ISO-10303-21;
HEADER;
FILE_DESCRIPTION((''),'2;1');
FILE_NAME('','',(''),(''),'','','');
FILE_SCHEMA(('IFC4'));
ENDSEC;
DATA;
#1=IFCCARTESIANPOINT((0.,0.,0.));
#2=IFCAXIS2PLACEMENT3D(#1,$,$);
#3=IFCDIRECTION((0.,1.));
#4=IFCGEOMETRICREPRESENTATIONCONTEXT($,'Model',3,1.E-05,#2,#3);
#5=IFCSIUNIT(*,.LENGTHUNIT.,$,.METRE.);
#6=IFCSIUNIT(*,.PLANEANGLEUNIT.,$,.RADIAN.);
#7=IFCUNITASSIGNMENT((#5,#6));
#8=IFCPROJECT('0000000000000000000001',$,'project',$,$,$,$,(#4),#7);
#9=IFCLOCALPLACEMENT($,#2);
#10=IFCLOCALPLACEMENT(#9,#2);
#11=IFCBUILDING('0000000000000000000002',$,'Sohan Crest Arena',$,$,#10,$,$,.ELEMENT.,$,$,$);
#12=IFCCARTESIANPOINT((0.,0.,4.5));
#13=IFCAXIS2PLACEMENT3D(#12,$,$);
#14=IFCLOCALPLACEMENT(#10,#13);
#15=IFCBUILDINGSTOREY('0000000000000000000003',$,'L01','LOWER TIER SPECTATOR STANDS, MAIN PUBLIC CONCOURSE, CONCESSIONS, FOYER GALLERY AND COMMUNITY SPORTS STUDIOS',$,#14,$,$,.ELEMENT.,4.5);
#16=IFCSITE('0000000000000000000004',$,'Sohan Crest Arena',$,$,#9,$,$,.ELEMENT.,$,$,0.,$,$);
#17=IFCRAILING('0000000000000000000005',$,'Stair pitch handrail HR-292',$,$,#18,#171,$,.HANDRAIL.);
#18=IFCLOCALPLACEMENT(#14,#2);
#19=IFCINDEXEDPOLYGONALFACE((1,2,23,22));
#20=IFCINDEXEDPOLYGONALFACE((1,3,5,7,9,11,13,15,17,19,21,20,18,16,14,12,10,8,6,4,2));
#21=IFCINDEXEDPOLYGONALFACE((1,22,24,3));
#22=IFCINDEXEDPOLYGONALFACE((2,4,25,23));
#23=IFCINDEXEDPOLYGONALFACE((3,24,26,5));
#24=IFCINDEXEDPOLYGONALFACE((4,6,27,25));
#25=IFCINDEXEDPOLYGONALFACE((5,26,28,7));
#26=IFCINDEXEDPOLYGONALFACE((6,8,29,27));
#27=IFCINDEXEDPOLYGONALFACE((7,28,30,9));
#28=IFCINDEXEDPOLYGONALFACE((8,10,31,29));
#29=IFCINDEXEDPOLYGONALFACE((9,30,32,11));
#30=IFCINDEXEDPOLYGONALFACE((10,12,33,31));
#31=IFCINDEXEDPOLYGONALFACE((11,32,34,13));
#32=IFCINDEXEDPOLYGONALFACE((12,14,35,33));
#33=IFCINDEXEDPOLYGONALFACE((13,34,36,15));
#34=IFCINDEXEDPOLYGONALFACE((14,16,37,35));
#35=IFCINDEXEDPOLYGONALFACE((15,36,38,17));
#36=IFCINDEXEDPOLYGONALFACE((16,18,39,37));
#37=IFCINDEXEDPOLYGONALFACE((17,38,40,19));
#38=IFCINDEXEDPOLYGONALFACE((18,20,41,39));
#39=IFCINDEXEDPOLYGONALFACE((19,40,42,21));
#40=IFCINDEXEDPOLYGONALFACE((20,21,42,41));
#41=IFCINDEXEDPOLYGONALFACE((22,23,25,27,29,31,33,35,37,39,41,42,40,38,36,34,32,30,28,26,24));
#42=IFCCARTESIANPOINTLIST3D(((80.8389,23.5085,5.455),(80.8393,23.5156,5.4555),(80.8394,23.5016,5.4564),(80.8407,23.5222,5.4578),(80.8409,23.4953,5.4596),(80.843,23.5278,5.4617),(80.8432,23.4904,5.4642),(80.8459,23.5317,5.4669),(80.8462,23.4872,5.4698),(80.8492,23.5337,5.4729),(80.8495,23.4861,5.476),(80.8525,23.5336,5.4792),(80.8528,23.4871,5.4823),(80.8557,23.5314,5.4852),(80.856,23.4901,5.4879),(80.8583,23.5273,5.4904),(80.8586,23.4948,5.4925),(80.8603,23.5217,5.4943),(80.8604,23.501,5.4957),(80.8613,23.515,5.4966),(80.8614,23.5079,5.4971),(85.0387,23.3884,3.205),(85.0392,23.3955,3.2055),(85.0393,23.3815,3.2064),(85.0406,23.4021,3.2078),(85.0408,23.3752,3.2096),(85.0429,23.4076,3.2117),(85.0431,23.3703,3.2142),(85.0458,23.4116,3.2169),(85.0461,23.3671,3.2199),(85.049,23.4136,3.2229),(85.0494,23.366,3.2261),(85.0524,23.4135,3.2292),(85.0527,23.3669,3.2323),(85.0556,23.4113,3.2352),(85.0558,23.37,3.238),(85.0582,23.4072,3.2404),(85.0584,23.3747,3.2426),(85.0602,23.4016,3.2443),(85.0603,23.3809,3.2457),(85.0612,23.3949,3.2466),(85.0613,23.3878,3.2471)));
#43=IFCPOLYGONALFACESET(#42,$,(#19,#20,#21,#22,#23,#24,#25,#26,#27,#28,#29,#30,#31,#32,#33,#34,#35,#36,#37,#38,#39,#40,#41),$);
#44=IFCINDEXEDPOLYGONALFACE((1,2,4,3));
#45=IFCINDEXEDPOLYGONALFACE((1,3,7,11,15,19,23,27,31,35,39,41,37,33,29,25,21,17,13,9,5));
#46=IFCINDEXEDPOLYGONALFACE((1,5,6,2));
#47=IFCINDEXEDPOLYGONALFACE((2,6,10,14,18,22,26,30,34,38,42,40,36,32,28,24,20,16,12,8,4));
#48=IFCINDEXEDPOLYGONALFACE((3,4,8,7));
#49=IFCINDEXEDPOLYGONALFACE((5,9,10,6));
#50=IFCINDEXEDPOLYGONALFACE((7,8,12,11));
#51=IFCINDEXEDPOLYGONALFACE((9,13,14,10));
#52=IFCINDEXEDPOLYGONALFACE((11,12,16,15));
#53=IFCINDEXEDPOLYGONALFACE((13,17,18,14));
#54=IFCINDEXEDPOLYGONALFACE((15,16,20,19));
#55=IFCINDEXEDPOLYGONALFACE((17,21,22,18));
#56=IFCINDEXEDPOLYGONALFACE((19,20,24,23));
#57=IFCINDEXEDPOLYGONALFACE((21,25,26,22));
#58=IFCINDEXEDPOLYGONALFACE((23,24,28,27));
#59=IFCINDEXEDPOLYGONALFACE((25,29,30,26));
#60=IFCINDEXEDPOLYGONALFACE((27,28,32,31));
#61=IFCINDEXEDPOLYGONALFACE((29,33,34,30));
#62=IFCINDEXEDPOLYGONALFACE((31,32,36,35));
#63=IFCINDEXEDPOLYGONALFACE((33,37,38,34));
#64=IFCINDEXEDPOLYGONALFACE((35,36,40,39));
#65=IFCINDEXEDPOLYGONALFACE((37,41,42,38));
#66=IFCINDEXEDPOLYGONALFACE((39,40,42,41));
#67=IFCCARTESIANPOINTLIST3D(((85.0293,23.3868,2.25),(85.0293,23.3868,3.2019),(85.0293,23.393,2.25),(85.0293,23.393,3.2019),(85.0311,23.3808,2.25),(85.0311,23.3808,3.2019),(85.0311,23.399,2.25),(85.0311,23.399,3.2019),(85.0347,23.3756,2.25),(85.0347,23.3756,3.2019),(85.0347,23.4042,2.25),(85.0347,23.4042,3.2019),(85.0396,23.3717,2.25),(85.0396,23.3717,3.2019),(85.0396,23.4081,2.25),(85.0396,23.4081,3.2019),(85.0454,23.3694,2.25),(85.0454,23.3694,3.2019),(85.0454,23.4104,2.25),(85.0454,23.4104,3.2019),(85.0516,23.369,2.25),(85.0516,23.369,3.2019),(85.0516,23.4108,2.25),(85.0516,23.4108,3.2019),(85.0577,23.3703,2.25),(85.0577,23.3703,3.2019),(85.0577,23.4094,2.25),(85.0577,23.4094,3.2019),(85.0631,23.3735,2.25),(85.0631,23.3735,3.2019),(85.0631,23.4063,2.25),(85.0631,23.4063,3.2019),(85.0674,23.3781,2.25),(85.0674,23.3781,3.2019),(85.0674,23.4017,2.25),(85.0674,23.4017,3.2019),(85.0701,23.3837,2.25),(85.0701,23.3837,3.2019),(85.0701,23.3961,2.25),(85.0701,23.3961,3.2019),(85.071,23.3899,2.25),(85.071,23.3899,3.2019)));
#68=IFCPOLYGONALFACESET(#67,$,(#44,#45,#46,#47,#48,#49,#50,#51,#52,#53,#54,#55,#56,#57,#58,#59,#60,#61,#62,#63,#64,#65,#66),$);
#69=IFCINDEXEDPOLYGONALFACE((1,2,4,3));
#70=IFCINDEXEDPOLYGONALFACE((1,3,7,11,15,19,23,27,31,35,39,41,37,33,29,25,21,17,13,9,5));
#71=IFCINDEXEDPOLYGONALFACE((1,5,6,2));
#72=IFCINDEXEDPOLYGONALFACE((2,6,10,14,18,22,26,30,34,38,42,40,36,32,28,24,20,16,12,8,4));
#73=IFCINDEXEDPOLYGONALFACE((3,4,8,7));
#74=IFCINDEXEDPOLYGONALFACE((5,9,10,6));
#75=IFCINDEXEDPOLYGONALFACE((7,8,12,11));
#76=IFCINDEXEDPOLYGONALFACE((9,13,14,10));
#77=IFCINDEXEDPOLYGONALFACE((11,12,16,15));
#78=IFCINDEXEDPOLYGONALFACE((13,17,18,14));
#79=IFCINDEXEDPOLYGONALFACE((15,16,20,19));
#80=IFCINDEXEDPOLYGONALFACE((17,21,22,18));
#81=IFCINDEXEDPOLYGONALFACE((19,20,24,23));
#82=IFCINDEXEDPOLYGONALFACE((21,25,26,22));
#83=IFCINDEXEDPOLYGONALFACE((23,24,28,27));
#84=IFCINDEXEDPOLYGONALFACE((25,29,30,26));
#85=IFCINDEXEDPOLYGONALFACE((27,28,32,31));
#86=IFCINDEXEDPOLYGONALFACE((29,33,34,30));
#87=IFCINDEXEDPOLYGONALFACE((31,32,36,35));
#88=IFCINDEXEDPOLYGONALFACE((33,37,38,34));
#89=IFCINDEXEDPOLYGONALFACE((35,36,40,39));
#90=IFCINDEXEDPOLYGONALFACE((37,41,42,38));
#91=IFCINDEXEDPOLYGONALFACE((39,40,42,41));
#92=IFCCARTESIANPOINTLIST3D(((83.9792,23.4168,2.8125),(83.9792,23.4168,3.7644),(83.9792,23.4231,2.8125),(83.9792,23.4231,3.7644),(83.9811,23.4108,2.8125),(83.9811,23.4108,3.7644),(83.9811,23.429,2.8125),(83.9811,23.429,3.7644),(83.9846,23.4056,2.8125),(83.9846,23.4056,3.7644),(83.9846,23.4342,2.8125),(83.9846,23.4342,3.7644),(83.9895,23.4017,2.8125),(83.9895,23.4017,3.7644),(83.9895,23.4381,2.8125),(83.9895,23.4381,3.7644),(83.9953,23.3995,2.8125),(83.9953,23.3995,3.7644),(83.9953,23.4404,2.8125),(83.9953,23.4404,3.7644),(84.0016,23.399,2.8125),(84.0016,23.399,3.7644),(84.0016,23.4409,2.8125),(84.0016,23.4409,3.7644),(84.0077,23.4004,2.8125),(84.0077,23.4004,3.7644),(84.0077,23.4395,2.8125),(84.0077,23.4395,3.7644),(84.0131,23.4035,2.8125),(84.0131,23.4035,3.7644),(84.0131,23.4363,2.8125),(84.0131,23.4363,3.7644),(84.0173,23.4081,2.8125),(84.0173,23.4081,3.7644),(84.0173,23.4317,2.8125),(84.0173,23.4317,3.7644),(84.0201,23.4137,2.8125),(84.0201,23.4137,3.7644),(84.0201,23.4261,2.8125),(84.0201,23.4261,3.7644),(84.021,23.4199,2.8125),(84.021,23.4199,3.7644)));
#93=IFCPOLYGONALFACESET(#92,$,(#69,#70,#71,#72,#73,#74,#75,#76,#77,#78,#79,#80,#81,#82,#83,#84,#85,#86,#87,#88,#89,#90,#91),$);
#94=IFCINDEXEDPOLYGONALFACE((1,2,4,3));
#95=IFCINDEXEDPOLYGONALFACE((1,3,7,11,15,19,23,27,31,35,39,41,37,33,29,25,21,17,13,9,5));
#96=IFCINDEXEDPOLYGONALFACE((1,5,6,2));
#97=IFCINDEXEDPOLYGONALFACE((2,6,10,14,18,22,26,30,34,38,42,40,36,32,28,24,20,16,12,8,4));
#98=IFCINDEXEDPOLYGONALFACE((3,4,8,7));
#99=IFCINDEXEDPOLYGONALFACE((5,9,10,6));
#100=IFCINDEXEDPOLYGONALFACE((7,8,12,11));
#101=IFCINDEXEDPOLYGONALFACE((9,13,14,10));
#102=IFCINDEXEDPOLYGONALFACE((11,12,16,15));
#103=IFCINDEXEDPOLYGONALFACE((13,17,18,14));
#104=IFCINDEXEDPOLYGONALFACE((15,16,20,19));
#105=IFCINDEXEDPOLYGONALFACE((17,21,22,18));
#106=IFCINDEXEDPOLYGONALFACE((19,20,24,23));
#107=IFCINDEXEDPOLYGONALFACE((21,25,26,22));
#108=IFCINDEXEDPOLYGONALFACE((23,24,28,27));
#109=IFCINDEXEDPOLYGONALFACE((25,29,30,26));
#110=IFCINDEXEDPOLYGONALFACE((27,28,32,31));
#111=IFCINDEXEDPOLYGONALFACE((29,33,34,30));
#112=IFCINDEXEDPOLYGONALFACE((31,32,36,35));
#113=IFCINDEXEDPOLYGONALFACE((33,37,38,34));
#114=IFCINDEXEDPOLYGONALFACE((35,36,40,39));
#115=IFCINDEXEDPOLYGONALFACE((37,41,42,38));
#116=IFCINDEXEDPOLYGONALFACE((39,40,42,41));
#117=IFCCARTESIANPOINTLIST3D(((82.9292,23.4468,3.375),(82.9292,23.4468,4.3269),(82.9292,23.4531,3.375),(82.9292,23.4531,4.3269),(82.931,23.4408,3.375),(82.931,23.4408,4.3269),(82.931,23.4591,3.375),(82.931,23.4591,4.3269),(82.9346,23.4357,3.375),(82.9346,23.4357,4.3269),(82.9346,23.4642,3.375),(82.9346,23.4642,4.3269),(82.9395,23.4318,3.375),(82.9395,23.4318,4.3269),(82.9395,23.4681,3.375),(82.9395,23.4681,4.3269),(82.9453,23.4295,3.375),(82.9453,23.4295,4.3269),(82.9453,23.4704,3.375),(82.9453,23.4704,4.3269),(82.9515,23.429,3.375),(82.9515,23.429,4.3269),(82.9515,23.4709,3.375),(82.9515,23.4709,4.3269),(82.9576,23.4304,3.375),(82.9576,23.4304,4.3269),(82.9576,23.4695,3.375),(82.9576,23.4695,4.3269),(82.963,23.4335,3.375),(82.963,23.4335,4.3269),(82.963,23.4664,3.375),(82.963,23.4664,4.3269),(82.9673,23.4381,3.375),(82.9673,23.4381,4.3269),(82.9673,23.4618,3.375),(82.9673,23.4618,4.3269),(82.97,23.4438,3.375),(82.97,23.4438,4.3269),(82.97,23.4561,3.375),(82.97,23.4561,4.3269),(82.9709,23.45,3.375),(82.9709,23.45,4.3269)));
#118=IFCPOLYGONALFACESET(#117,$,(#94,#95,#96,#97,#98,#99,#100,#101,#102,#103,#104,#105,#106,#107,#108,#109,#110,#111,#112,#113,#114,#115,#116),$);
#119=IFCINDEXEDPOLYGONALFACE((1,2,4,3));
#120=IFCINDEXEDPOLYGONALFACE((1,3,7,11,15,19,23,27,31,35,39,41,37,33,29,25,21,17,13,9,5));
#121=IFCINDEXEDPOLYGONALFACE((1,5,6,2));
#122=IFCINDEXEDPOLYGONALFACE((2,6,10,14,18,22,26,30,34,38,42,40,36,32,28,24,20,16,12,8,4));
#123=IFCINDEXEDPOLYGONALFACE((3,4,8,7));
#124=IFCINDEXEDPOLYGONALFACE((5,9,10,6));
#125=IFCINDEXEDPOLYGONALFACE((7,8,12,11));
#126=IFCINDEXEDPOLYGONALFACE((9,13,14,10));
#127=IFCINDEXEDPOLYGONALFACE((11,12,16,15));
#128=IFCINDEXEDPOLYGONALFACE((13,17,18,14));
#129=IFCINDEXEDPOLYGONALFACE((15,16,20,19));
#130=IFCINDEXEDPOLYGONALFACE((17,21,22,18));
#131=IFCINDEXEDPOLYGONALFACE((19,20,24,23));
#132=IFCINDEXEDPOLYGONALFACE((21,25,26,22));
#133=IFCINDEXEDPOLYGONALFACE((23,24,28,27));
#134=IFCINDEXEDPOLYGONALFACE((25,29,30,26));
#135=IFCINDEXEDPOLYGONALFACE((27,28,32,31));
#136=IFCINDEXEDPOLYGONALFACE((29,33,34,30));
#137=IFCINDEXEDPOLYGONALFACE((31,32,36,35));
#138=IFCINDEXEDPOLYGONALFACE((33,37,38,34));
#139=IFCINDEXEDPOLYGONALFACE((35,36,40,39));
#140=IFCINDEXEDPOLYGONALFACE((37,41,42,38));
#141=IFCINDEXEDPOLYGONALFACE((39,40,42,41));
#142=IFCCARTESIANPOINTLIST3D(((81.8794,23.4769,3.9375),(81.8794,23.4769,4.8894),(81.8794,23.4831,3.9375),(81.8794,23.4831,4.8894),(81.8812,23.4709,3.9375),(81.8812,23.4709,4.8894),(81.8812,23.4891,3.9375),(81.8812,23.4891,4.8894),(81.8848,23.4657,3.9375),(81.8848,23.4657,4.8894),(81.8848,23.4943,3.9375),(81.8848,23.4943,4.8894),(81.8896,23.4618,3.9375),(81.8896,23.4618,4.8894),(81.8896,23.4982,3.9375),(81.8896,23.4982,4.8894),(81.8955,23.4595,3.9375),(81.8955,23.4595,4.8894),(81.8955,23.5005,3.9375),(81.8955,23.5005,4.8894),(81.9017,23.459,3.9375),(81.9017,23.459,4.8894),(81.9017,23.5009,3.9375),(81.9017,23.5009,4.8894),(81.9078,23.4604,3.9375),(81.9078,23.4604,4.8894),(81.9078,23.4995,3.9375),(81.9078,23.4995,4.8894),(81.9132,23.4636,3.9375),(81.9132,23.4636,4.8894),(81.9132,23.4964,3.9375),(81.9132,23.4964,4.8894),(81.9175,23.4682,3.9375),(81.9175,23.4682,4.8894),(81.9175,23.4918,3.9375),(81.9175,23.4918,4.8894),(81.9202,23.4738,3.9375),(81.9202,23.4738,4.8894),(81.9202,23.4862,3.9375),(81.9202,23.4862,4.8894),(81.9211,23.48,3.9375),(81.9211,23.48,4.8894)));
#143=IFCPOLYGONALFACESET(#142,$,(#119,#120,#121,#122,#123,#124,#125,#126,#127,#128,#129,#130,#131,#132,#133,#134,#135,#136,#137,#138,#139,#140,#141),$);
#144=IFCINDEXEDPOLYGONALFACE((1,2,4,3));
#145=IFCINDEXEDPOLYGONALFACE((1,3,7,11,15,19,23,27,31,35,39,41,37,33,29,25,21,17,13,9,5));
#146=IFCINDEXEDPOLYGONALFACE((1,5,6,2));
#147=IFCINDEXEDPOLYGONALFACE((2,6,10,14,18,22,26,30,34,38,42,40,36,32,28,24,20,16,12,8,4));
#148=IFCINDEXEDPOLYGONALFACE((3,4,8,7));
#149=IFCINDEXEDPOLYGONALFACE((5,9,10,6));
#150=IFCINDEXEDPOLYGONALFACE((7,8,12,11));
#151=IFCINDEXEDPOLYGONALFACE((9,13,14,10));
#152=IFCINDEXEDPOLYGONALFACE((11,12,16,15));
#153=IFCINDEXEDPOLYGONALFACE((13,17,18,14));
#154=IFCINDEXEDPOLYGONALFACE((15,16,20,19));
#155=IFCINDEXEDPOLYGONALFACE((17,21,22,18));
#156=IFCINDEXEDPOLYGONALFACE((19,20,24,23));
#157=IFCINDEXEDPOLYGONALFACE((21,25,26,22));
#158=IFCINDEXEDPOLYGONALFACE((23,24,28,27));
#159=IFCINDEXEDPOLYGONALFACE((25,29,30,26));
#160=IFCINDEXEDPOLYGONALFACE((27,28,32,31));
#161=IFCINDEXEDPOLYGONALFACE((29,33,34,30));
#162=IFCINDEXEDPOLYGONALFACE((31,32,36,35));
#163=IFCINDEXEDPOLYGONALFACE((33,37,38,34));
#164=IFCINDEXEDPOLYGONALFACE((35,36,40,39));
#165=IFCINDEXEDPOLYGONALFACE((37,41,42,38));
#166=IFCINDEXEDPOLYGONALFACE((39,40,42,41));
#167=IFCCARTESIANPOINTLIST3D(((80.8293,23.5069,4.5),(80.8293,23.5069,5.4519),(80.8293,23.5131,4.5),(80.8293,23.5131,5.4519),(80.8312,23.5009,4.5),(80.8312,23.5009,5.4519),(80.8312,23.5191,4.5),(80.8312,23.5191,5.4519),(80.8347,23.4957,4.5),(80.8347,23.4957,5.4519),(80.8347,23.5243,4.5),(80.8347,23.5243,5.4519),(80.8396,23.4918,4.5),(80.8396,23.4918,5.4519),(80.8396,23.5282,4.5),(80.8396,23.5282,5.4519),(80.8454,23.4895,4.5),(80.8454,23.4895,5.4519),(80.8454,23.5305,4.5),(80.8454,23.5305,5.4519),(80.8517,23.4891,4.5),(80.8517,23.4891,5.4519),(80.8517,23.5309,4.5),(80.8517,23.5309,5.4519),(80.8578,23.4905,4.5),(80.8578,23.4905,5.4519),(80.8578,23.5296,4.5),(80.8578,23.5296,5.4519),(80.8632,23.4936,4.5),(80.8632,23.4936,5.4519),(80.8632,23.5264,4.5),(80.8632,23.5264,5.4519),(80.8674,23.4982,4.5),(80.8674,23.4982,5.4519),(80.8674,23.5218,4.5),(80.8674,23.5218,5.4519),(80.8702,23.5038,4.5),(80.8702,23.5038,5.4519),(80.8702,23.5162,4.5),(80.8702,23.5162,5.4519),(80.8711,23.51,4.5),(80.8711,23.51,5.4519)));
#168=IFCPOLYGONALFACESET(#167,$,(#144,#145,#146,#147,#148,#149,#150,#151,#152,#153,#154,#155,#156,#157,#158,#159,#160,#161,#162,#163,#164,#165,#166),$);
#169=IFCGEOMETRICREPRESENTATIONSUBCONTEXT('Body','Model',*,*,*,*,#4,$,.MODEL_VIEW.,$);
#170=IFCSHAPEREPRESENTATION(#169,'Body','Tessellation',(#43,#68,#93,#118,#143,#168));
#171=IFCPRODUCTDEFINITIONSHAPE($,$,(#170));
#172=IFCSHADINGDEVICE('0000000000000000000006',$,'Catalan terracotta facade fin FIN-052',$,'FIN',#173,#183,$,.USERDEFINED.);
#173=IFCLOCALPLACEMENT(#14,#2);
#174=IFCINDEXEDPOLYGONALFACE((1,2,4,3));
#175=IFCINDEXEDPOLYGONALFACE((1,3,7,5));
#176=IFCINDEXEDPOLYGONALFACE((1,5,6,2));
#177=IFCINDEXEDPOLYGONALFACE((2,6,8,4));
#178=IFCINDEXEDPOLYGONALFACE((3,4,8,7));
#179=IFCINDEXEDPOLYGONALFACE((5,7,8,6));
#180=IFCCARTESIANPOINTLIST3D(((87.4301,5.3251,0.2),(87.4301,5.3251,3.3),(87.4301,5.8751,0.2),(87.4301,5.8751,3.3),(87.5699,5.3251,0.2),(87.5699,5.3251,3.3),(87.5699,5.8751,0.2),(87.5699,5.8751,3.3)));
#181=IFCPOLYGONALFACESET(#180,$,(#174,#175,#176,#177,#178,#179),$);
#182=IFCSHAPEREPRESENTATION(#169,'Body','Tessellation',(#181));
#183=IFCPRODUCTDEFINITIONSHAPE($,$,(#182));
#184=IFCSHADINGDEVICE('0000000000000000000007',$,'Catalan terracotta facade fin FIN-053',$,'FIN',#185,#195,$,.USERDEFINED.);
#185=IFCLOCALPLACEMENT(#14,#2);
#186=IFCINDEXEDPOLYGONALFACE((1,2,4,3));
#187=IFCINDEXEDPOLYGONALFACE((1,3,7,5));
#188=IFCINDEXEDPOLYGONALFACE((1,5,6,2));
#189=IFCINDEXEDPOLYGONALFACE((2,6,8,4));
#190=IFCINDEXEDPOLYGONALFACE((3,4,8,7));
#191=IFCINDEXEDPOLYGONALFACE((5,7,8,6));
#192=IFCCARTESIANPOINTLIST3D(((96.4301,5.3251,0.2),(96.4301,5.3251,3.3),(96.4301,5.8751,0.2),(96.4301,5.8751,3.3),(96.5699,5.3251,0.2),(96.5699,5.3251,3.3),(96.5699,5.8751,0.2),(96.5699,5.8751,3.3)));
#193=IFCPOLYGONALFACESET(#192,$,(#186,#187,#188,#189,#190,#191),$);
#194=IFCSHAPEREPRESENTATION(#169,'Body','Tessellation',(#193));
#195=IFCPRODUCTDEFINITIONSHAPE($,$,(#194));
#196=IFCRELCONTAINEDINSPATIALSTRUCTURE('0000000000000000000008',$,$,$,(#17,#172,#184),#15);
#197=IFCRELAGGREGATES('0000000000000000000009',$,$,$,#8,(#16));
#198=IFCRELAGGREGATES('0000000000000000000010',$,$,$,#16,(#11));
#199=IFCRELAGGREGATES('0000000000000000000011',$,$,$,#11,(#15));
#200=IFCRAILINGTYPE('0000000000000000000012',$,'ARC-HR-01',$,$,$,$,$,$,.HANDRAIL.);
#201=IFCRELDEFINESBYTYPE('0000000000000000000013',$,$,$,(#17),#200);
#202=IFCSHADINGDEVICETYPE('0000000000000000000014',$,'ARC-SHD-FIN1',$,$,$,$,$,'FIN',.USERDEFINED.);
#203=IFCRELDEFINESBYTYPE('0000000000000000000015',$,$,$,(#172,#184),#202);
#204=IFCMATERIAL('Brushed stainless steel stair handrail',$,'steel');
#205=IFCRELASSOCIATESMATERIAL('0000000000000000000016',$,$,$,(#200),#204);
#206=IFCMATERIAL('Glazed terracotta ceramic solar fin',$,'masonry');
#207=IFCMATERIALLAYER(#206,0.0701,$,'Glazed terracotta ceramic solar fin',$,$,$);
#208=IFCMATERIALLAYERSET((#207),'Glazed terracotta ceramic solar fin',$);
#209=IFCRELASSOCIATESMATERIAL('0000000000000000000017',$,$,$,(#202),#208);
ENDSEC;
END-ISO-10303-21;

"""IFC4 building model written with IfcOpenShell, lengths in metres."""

from ifc_helpers import new_model, si_unit, direction, frame, origin, origin_2d, place, context, subcontext, project, spatial, rectangle, circle, extrude, material, layer, layer_set, type_object, element, save


model = new_model("IFC4")

# Units and contexts
model_context = context("Model", 3, precision=1e-05, world=origin(), true_north=direction((0.0, 1.0)))
body_context = subcontext(model_context, "Body", "Model", "MODEL_VIEW")
ifc_project = project(units=[si_unit("LENGTHUNIT", "METRE"), si_unit("PLANEANGLEUNIT", "RADIAN")], contexts=[model_context])

# Site, building, storey
site_placement = place(None, origin())
site = spatial("IfcSite", under=ifc_project, at=site_placement, Name="Sohan Crest Arena", CompositionType="ELEMENT", RefElevation=0.0)
building_placement = place(site_placement, origin())
building = spatial("IfcBuilding", under=site, at=building_placement, Name="Sohan Crest Arena", CompositionType="ELEMENT")
storey_placement = place(building_placement, frame((0.0, 0.0, 4.5)))
storey = spatial("IfcBuildingStorey", under=building, at=storey_placement, Name="L01", Description="LOWER TIER SPECTATOR STANDS, MAIN PUBLIC CONCOURSE, CONCESSIONS, FOYER GALLERY AND COMMUNITY SPORTS STUDIOS", CompositionType="ELEMENT", Elevation=4.5)

# Railing
ifc_material_1 = material(Name="Brushed stainless steel stair handrail", Category="steel")
railing_type_1 = type_object("IfcRailingType", Name="ARC-HR-01", PredefinedType="HANDRAIL", material=ifc_material_1)
railing_1_placement = place(storey_placement, frame((85.05, 23.3899, 2.25)))
element("IfcRailing", 1, at=railing_1_placement, inside=storey, type_object=railing_type_1, Name="Stair pitch handrail HR-292", PredefinedType="HANDRAIL", context=body_context, shape_type="SweptSolid", body=[
    extrude(circle(Radius=0.0239, at=origin_2d()), frame((0.0, 0.0, 0.9761), z_axis=(-0.881198, 0.025202, 0.472076), x_axis=(-0.028588, -0.999591, 0.0)), (0.0, 0.0, 1.0), 4.7661),
    extrude(circle(Radius=0.021, at=origin_2d()), origin(), (0.0, 0.0, 1.0), 0.9519),
    extrude(circle(Radius=0.021, at=origin_2d()), frame((-1.05, 0.03, 0.5625)), (0.0, 0.0, 1.0), 0.9519),
    extrude(circle(Radius=0.021, at=origin_2d()), frame((-2.1001, 0.0601, 1.125)), (0.0, 0.0, 1.0), 0.9519),
    extrude(circle(Radius=0.021, at=origin_2d()), frame((-3.1499, 0.0901, 1.6875)), (0.0, 0.0, 1.0), 0.9519),
    extrude(circle(Radius=0.021, at=origin_2d()), frame((-4.2, 0.1201, 2.25)), (0.0, 0.0, 1.0), 0.9519),
])

# Shading devices
ifc_material_2 = material(Name="Glazed terracotta ceramic solar fin", Category="masonry")
ifc_layer_1 = layer(ifc_material_2, 0.0701, Name="Glazed terracotta ceramic solar fin")
ifc_layer_set_1 = layer_set([ifc_layer_1], Name="Glazed terracotta ceramic solar fin")
shading_device_type = type_object("IfcShadingDeviceType", Name="ARC-SHD-FIN1", ElementType="FIN", PredefinedType="USERDEFINED", material=ifc_layer_set_1)
for number, where, z_axis, x_axis, name in (
    (2, (87.5, 5.6001, 0.2), (0.0, 0.0, 1.0), (1.0, 0.0, 0.0), "Catalan terracotta facade fin FIN-052"),
    (3, (96.5, 5.6001, 0.2), (0.0, 0.0, 1.0), (1.0, 0.0, 0.0), "Catalan terracotta facade fin FIN-053"),
):
    element("IfcShadingDevice", number, at=place(storey_placement, frame(where, z_axis=z_axis, x_axis=x_axis)), inside=storey, type_object=shading_device_type, Name=name, ObjectType="FIN", PredefinedType="USERDEFINED", context=body_context, shape_type="SweptSolid", body=[
        extrude(rectangle(XDim=0.1399, YDim=0.55, at=origin_2d()), origin(), (0.0, 0.0, 1.0), 3.1001),
    ])

save(model, "model.ifc")
